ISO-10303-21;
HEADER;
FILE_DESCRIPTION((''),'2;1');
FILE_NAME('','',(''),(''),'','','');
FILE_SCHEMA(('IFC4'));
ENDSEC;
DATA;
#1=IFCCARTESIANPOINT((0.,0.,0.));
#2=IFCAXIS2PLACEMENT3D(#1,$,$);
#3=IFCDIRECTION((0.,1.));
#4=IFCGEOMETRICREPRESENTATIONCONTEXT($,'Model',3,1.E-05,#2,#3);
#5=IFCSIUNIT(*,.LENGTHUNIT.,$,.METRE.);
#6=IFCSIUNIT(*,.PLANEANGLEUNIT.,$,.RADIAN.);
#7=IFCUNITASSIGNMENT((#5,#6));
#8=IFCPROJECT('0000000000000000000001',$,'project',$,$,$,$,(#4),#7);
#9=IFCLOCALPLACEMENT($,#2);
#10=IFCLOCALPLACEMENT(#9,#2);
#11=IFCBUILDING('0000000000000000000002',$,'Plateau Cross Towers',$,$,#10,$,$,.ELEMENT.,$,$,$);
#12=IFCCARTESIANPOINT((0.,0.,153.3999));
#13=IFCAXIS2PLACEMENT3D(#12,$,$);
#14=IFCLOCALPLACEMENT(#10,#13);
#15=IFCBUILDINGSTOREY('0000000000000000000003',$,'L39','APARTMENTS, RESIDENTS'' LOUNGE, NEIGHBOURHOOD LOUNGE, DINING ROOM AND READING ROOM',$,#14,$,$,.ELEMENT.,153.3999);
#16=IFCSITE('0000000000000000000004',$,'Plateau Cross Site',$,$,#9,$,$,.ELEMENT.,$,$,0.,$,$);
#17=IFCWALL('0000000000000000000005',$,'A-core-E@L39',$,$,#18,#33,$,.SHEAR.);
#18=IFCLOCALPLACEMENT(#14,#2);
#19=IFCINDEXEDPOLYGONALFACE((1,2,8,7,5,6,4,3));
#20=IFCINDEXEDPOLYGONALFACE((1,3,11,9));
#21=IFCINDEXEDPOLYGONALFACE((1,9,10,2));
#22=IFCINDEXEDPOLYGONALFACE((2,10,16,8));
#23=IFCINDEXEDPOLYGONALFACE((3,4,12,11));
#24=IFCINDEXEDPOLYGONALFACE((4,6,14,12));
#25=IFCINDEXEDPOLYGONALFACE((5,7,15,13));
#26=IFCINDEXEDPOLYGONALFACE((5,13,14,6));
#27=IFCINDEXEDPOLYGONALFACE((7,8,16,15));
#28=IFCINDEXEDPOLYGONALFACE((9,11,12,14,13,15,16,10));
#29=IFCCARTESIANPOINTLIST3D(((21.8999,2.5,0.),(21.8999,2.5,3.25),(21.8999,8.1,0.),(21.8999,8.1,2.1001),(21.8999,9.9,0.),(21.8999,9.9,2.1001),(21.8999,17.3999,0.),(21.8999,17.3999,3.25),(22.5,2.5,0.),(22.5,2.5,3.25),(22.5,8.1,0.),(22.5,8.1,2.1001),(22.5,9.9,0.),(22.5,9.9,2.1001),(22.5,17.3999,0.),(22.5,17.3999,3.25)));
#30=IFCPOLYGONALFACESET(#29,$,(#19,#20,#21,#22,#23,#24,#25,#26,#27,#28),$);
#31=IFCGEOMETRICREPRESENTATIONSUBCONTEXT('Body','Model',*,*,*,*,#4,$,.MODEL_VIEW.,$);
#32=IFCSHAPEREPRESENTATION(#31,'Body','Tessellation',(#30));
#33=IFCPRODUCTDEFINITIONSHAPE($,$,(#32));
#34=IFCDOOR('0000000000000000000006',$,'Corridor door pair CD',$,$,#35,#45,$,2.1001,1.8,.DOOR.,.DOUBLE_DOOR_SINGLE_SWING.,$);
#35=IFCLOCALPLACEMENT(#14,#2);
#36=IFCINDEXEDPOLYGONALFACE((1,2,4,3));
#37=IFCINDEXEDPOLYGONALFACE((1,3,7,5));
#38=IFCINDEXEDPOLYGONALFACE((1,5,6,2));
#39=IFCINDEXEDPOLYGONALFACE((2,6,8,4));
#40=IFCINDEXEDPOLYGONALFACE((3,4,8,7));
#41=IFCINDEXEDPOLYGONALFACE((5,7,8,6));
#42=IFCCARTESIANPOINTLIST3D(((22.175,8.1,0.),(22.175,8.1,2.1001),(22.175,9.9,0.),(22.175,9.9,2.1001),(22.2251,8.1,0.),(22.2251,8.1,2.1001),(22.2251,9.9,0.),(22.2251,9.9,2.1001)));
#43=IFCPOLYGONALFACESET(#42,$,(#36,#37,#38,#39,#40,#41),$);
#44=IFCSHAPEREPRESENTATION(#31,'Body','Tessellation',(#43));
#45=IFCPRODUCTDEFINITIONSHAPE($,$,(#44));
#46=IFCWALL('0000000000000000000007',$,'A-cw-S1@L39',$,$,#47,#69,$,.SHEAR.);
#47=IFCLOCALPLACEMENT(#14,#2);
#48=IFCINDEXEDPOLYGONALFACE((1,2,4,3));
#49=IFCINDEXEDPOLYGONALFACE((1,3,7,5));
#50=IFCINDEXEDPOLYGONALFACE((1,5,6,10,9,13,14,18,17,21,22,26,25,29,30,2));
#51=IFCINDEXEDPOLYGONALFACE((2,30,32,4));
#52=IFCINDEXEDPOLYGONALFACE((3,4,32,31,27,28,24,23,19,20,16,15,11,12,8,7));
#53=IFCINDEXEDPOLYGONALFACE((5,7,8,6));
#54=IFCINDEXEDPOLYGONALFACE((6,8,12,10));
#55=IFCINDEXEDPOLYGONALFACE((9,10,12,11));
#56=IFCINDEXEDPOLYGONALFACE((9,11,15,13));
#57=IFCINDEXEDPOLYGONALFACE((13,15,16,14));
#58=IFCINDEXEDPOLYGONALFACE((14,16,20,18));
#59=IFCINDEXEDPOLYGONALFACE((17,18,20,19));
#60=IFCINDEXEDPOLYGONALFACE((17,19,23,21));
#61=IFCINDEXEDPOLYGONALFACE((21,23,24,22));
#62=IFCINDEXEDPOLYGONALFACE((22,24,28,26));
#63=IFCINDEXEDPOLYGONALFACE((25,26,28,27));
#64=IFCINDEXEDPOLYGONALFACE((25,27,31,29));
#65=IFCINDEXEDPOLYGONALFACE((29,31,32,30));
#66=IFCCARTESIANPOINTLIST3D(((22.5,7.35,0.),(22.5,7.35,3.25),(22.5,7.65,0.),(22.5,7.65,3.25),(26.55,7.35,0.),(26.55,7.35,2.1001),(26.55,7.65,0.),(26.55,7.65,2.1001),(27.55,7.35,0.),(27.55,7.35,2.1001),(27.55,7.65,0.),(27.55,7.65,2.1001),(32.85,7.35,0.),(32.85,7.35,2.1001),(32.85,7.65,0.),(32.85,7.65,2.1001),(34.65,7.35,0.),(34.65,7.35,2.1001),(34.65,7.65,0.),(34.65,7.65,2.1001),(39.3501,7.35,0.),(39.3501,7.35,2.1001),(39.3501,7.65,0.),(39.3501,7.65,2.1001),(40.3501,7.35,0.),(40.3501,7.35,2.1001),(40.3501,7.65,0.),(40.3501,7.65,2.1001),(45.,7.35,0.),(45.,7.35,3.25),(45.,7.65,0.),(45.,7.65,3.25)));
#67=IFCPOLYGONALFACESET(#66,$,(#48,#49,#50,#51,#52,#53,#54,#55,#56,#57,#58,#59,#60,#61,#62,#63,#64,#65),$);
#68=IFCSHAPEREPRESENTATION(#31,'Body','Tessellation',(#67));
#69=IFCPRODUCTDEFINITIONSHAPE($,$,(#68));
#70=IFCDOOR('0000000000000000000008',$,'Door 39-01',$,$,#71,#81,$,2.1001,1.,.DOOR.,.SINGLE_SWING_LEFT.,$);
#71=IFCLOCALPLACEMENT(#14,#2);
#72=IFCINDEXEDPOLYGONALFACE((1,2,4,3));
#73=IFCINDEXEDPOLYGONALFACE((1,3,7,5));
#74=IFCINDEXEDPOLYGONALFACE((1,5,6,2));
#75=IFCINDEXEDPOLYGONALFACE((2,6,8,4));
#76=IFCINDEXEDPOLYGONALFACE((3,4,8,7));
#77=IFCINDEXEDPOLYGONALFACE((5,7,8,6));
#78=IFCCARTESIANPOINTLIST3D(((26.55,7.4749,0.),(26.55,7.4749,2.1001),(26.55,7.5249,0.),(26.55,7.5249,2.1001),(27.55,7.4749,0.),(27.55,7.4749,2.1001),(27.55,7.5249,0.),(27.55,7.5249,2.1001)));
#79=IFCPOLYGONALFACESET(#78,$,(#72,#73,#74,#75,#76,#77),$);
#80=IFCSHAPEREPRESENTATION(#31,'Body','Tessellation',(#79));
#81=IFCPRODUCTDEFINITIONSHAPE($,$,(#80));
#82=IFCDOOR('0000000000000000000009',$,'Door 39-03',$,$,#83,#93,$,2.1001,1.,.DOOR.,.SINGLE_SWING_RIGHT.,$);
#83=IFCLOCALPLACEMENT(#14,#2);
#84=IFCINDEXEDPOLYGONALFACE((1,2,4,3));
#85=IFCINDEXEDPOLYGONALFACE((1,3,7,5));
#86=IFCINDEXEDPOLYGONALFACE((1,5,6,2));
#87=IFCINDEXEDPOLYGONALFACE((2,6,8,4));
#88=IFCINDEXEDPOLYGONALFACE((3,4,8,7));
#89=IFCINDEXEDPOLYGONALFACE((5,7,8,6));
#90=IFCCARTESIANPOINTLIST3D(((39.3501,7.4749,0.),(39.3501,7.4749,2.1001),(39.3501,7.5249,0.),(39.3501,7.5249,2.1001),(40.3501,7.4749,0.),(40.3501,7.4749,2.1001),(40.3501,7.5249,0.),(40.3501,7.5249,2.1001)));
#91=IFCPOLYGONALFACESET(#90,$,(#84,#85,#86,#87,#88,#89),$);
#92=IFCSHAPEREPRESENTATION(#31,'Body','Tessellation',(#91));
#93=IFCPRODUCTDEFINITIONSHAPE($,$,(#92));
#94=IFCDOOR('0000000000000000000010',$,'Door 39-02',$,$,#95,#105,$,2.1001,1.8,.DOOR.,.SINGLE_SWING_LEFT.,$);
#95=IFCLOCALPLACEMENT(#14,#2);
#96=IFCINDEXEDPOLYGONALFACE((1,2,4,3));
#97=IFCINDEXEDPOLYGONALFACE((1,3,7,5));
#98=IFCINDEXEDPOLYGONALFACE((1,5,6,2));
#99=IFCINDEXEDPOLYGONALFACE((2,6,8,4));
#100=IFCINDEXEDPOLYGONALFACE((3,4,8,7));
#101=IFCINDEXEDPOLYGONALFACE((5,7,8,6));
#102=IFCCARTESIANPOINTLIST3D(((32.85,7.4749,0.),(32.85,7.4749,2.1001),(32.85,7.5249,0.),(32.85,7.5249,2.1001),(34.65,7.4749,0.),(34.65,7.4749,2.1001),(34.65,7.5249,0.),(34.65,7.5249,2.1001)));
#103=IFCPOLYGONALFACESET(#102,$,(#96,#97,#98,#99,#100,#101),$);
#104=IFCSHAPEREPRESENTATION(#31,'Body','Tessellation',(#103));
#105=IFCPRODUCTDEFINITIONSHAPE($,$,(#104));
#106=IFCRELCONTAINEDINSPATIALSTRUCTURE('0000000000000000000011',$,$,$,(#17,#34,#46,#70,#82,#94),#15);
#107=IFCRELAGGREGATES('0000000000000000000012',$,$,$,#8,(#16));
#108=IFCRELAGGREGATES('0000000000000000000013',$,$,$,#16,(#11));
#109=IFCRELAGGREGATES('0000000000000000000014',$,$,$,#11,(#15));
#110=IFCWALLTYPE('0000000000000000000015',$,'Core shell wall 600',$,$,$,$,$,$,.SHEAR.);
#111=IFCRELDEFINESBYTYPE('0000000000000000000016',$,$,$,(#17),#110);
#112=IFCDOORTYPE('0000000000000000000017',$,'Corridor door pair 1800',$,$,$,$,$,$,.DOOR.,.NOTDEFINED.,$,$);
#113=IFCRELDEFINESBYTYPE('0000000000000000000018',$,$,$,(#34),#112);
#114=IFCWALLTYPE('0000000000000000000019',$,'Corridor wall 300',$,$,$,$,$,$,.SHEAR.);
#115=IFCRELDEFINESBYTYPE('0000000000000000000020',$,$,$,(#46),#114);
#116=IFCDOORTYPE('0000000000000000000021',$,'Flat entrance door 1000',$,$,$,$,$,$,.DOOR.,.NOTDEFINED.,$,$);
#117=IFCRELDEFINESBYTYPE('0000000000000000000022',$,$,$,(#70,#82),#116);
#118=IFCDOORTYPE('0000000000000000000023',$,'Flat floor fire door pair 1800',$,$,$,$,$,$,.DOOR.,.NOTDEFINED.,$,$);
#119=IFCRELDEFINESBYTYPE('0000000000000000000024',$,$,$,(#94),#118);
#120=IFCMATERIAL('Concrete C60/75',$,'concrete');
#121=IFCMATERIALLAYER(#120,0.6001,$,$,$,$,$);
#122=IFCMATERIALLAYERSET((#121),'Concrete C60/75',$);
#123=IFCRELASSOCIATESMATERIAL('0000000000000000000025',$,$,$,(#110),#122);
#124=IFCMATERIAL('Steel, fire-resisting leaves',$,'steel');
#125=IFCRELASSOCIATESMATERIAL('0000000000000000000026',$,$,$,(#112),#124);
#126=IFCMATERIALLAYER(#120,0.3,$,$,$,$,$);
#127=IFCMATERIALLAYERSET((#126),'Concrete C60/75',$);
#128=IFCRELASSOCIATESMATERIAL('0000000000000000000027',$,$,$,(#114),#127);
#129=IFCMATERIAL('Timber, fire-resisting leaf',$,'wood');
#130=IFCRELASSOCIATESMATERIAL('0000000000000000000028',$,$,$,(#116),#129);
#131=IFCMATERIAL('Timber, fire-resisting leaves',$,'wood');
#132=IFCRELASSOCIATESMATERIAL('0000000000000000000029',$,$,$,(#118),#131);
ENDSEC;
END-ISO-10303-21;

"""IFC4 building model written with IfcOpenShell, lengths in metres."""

from ifc_helpers import new_model, si_unit, direction, frame, frame_2d, origin, place, context, subcontext, project, spatial, rectangle, extrude, material, layer, layer_set, type_object, element, fill, save


model = new_model("IFC4")

# Units and contexts
model_context = context("Model", 3, precision=1e-05, world=origin(), true_north=direction((0.0, 1.0)))
body_context = subcontext(model_context, "Body", "Model", "MODEL_VIEW")
ifc_project = project(units=[si_unit("LENGTHUNIT", "METRE"), si_unit("PLANEANGLEUNIT", "RADIAN")], contexts=[model_context])

# Site, building, storey
site_placement = place(None, origin())
site = spatial("IfcSite", under=ifc_project, at=site_placement, Name="Plateau Cross Site", CompositionType="ELEMENT", RefElevation=0.0)
building_placement = place(site_placement, origin())
building = spatial("IfcBuilding", under=site, at=building_placement, Name="Plateau Cross Towers", CompositionType="ELEMENT")
storey_placement = place(building_placement, frame((0.0, 0.0, 153.3999)))
storey = spatial("IfcBuildingStorey", under=building, at=storey_placement, Name="L39", Description="APARTMENTS, RESIDENTS' LOUNGE, NEIGHBOURHOOD LOUNGE, DINING ROOM AND READING ROOM", CompositionType="ELEMENT", Elevation=153.3999)

# Shared definitions
ifc_material_1 = material(Name="Concrete C60/75", Category="concrete")

# Wall, opening, door
ifc_layer_1 = layer(ifc_material_1, 0.6001)
ifc_layer_set_1 = layer_set([ifc_layer_1], Name="Concrete C60/75")
wall_type_1 = type_object("IfcWallType", Name="Core shell wall 600", PredefinedType="SHEAR", material=ifc_layer_set_1)
wall_1_placement = place(storey_placement, frame((22.2, 2.5, 0.0), z_axis=(0.0, 0.0, 1.0), x_axis=(0.0, 1.0, 0.0)))
wall_1 = element("IfcWall", 1, at=wall_1_placement, inside=storey, type_object=wall_type_1, Name="A-core-E@L39", PredefinedType="SHEAR", context=body_context, shape_type="SweptSolid", body=[
    extrude(rectangle(XDim=14.8999, YDim=0.6001, at=frame_2d((7.45, 0.0))), origin(), (0.0, 0.0, 1.0), 3.25),
])
opening_1_placement = place(wall_1_placement, frame((5.6001, 0.0, 0.0)))
opening_1 = element("IfcOpeningElement", 2, at=opening_1_placement, cuts=wall_1, PredefinedType="OPENING", context=body_context, shape_type="SweptSolid", body=[
    extrude(rectangle(XDim=1.8, YDim=2.1001, at=frame_2d((0.8999, 1.05))), frame((0.0, 0.3101, 0.0), z_axis=(0.0, -1.0, 0.0), x_axis=(1.0, 0.0, 0.0)), (0.0, 0.0, 1.0), 0.6201),
])
ifc_material_2 = material(Name="Steel, fire-resisting leaves", Category="steel")
door_type_1 = type_object("IfcDoorType", Name="Corridor door pair 1800", OperationType="NOTDEFINED", PredefinedType="DOOR", material=ifc_material_2)
door_1_placement = place(opening_1_placement, origin())
door_1 = element("IfcDoor", 3, at=door_1_placement, inside=storey, type_object=door_type_1, Name="Corridor door pair CD", OperationType="DOUBLE_DOOR_SINGLE_SWING", OverallHeight=2.1001, OverallWidth=1.8, PredefinedType="DOOR", context=body_context, shape_type="SweptSolid", body=[
    extrude(rectangle(XDim=1.8, YDim=2.1001, at=frame_2d((0.8999, 1.05))), frame((0.0, 0.0249, 0.0), z_axis=(0.0, -1.0, 0.0), x_axis=(1.0, 0.0, 0.0)), (0.0, 0.0, 1.0), 0.05),
])
fill(opening_1, door_1)

# Wall, openings, doors
ifc_layer_2 = layer(ifc_material_1, 0.3)
ifc_layer_set_2 = layer_set([ifc_layer_2], Name="Concrete C60/75")
wall_type_2 = type_object("IfcWallType", Name="Corridor wall 300", PredefinedType="SHEAR", material=ifc_layer_set_2)
wall_2_placement = place(storey_placement, frame((22.5, 7.5, 0.0), z_axis=(0.0, 0.0, 1.0), x_axis=(1.0, 0.0, 0.0)))
wall_2 = element("IfcWall", 4, at=wall_2_placement, inside=storey, type_object=wall_type_2, Name="A-cw-S1@L39", PredefinedType="SHEAR", context=body_context, shape_type="SweptSolid", body=[
    extrude(rectangle(XDim=22.5, YDim=0.3, at=frame_2d((11.25, 0.0))), origin(), (0.0, 0.0, 1.0), 3.25),
])
opening_2_placement = place(wall_2_placement, frame((4.05, 0.0, 0.0)))
opening_2 = element("IfcOpeningElement", 5, at=opening_2_placement, cuts=wall_2, PredefinedType="OPENING", context=body_context, shape_type="SweptSolid", body=[
    extrude(rectangle(XDim=1.0, YDim=2.1001, at=frame_2d((0.5, 1.05))), frame((0.0, 0.1599, 0.0), z_axis=(0.0, -1.0, 0.0), x_axis=(1.0, 0.0, 0.0)), (0.0, 0.0, 1.0), 0.3201),
])
opening_3_placement = place(wall_2_placement, frame((10.3501, 0.0, 0.0)))
opening_3 = element("IfcOpeningElement", 6, at=opening_3_placement, cuts=wall_2, PredefinedType="OPENING", context=body_context, shape_type="SweptSolid", body=[
    extrude(rectangle(XDim=1.8, YDim=2.1001, at=frame_2d((0.8999, 1.05))), frame((0.0, 0.1599, 0.0), z_axis=(0.0, -1.0, 0.0), x_axis=(1.0, 0.0, 0.0)), (0.0, 0.0, 1.0), 0.3201),
])
opening_4_placement = place(wall_2_placement, frame((16.8501, 0.0, 0.0)))
opening_4 = element("IfcOpeningElement", 7, at=opening_4_placement, cuts=wall_2, PredefinedType="OPENING", context=body_context, shape_type="SweptSolid", body=[
    extrude(rectangle(XDim=1.0, YDim=2.1001, at=frame_2d((0.5, 1.05))), frame((0.0, 0.1599, 0.0), z_axis=(0.0, -1.0, 0.0), x_axis=(1.0, 0.0, 0.0)), (0.0, 0.0, 1.0), 0.3201),
])
ifc_material_3 = material(Name="Timber, fire-resisting leaf", Category="wood")
door_type_2 = type_object("IfcDoorType", Name="Flat entrance door 1000", OperationType="NOTDEFINED", PredefinedType="DOOR", material=ifc_material_3)
door_2_placement = place(opening_2_placement, origin())
door_2 = element("IfcDoor", 8, at=door_2_placement, inside=storey, type_object=door_type_2, Name="Door 39-01", OperationType="SINGLE_SWING_LEFT", OverallHeight=2.1001, OverallWidth=1.0, PredefinedType="DOOR", context=body_context, shape_type="SweptSolid", body=[
    extrude(rectangle(XDim=1.0, YDim=2.1001, at=frame_2d((0.5, 1.05))), frame((0.0, 0.0249, 0.0), z_axis=(0.0, -1.0, 0.0), x_axis=(1.0, 0.0, 0.0)), (0.0, 0.0, 1.0), 0.05),
])
fill(opening_2, door_2)
door_3_placement = place(opening_4_placement, origin())
door_3 = element("IfcDoor", 9, at=door_3_placement, inside=storey, type_object=door_type_2, Name="Door 39-03", OperationType="SINGLE_SWING_RIGHT", OverallHeight=2.1001, OverallWidth=1.0, PredefinedType="DOOR", context=body_context, shape_type="SweptSolid", body=[
    extrude(rectangle(XDim=1.0, YDim=2.1001, at=frame_2d((0.5, 1.05))), frame((0.0, 0.0249, 0.0), z_axis=(0.0, -1.0, 0.0), x_axis=(1.0, 0.0, 0.0)), (0.0, 0.0, 1.0), 0.05),
])
fill(opening_4, door_3)
ifc_material_4 = material(Name="Timber, fire-resisting leaves", Category="wood")
door_type_3 = type_object("IfcDoorType", Name="Flat floor fire door pair 1800", OperationType="NOTDEFINED", PredefinedType="DOOR", material=ifc_material_4)
door_4_placement = place(opening_3_placement, origin())
door_4 = element("IfcDoor", 10, at=door_4_placement, inside=storey, type_object=door_type_3, Name="Door 39-02", OperationType="SINGLE_SWING_LEFT", OverallHeight=2.1001, OverallWidth=1.8, PredefinedType="DOOR", context=body_context, shape_type="SweptSolid", body=[
    extrude(rectangle(XDim=1.8, YDim=2.1001, at=frame_2d((0.8999, 1.05))), frame((0.0, 0.0249, 0.0), z_axis=(0.0, -1.0, 0.0), x_axis=(1.0, 0.0, 0.0)), (0.0, 0.0, 1.0), 0.05),
])
fill(opening_3, door_4)

save(model, "model.ifc")
